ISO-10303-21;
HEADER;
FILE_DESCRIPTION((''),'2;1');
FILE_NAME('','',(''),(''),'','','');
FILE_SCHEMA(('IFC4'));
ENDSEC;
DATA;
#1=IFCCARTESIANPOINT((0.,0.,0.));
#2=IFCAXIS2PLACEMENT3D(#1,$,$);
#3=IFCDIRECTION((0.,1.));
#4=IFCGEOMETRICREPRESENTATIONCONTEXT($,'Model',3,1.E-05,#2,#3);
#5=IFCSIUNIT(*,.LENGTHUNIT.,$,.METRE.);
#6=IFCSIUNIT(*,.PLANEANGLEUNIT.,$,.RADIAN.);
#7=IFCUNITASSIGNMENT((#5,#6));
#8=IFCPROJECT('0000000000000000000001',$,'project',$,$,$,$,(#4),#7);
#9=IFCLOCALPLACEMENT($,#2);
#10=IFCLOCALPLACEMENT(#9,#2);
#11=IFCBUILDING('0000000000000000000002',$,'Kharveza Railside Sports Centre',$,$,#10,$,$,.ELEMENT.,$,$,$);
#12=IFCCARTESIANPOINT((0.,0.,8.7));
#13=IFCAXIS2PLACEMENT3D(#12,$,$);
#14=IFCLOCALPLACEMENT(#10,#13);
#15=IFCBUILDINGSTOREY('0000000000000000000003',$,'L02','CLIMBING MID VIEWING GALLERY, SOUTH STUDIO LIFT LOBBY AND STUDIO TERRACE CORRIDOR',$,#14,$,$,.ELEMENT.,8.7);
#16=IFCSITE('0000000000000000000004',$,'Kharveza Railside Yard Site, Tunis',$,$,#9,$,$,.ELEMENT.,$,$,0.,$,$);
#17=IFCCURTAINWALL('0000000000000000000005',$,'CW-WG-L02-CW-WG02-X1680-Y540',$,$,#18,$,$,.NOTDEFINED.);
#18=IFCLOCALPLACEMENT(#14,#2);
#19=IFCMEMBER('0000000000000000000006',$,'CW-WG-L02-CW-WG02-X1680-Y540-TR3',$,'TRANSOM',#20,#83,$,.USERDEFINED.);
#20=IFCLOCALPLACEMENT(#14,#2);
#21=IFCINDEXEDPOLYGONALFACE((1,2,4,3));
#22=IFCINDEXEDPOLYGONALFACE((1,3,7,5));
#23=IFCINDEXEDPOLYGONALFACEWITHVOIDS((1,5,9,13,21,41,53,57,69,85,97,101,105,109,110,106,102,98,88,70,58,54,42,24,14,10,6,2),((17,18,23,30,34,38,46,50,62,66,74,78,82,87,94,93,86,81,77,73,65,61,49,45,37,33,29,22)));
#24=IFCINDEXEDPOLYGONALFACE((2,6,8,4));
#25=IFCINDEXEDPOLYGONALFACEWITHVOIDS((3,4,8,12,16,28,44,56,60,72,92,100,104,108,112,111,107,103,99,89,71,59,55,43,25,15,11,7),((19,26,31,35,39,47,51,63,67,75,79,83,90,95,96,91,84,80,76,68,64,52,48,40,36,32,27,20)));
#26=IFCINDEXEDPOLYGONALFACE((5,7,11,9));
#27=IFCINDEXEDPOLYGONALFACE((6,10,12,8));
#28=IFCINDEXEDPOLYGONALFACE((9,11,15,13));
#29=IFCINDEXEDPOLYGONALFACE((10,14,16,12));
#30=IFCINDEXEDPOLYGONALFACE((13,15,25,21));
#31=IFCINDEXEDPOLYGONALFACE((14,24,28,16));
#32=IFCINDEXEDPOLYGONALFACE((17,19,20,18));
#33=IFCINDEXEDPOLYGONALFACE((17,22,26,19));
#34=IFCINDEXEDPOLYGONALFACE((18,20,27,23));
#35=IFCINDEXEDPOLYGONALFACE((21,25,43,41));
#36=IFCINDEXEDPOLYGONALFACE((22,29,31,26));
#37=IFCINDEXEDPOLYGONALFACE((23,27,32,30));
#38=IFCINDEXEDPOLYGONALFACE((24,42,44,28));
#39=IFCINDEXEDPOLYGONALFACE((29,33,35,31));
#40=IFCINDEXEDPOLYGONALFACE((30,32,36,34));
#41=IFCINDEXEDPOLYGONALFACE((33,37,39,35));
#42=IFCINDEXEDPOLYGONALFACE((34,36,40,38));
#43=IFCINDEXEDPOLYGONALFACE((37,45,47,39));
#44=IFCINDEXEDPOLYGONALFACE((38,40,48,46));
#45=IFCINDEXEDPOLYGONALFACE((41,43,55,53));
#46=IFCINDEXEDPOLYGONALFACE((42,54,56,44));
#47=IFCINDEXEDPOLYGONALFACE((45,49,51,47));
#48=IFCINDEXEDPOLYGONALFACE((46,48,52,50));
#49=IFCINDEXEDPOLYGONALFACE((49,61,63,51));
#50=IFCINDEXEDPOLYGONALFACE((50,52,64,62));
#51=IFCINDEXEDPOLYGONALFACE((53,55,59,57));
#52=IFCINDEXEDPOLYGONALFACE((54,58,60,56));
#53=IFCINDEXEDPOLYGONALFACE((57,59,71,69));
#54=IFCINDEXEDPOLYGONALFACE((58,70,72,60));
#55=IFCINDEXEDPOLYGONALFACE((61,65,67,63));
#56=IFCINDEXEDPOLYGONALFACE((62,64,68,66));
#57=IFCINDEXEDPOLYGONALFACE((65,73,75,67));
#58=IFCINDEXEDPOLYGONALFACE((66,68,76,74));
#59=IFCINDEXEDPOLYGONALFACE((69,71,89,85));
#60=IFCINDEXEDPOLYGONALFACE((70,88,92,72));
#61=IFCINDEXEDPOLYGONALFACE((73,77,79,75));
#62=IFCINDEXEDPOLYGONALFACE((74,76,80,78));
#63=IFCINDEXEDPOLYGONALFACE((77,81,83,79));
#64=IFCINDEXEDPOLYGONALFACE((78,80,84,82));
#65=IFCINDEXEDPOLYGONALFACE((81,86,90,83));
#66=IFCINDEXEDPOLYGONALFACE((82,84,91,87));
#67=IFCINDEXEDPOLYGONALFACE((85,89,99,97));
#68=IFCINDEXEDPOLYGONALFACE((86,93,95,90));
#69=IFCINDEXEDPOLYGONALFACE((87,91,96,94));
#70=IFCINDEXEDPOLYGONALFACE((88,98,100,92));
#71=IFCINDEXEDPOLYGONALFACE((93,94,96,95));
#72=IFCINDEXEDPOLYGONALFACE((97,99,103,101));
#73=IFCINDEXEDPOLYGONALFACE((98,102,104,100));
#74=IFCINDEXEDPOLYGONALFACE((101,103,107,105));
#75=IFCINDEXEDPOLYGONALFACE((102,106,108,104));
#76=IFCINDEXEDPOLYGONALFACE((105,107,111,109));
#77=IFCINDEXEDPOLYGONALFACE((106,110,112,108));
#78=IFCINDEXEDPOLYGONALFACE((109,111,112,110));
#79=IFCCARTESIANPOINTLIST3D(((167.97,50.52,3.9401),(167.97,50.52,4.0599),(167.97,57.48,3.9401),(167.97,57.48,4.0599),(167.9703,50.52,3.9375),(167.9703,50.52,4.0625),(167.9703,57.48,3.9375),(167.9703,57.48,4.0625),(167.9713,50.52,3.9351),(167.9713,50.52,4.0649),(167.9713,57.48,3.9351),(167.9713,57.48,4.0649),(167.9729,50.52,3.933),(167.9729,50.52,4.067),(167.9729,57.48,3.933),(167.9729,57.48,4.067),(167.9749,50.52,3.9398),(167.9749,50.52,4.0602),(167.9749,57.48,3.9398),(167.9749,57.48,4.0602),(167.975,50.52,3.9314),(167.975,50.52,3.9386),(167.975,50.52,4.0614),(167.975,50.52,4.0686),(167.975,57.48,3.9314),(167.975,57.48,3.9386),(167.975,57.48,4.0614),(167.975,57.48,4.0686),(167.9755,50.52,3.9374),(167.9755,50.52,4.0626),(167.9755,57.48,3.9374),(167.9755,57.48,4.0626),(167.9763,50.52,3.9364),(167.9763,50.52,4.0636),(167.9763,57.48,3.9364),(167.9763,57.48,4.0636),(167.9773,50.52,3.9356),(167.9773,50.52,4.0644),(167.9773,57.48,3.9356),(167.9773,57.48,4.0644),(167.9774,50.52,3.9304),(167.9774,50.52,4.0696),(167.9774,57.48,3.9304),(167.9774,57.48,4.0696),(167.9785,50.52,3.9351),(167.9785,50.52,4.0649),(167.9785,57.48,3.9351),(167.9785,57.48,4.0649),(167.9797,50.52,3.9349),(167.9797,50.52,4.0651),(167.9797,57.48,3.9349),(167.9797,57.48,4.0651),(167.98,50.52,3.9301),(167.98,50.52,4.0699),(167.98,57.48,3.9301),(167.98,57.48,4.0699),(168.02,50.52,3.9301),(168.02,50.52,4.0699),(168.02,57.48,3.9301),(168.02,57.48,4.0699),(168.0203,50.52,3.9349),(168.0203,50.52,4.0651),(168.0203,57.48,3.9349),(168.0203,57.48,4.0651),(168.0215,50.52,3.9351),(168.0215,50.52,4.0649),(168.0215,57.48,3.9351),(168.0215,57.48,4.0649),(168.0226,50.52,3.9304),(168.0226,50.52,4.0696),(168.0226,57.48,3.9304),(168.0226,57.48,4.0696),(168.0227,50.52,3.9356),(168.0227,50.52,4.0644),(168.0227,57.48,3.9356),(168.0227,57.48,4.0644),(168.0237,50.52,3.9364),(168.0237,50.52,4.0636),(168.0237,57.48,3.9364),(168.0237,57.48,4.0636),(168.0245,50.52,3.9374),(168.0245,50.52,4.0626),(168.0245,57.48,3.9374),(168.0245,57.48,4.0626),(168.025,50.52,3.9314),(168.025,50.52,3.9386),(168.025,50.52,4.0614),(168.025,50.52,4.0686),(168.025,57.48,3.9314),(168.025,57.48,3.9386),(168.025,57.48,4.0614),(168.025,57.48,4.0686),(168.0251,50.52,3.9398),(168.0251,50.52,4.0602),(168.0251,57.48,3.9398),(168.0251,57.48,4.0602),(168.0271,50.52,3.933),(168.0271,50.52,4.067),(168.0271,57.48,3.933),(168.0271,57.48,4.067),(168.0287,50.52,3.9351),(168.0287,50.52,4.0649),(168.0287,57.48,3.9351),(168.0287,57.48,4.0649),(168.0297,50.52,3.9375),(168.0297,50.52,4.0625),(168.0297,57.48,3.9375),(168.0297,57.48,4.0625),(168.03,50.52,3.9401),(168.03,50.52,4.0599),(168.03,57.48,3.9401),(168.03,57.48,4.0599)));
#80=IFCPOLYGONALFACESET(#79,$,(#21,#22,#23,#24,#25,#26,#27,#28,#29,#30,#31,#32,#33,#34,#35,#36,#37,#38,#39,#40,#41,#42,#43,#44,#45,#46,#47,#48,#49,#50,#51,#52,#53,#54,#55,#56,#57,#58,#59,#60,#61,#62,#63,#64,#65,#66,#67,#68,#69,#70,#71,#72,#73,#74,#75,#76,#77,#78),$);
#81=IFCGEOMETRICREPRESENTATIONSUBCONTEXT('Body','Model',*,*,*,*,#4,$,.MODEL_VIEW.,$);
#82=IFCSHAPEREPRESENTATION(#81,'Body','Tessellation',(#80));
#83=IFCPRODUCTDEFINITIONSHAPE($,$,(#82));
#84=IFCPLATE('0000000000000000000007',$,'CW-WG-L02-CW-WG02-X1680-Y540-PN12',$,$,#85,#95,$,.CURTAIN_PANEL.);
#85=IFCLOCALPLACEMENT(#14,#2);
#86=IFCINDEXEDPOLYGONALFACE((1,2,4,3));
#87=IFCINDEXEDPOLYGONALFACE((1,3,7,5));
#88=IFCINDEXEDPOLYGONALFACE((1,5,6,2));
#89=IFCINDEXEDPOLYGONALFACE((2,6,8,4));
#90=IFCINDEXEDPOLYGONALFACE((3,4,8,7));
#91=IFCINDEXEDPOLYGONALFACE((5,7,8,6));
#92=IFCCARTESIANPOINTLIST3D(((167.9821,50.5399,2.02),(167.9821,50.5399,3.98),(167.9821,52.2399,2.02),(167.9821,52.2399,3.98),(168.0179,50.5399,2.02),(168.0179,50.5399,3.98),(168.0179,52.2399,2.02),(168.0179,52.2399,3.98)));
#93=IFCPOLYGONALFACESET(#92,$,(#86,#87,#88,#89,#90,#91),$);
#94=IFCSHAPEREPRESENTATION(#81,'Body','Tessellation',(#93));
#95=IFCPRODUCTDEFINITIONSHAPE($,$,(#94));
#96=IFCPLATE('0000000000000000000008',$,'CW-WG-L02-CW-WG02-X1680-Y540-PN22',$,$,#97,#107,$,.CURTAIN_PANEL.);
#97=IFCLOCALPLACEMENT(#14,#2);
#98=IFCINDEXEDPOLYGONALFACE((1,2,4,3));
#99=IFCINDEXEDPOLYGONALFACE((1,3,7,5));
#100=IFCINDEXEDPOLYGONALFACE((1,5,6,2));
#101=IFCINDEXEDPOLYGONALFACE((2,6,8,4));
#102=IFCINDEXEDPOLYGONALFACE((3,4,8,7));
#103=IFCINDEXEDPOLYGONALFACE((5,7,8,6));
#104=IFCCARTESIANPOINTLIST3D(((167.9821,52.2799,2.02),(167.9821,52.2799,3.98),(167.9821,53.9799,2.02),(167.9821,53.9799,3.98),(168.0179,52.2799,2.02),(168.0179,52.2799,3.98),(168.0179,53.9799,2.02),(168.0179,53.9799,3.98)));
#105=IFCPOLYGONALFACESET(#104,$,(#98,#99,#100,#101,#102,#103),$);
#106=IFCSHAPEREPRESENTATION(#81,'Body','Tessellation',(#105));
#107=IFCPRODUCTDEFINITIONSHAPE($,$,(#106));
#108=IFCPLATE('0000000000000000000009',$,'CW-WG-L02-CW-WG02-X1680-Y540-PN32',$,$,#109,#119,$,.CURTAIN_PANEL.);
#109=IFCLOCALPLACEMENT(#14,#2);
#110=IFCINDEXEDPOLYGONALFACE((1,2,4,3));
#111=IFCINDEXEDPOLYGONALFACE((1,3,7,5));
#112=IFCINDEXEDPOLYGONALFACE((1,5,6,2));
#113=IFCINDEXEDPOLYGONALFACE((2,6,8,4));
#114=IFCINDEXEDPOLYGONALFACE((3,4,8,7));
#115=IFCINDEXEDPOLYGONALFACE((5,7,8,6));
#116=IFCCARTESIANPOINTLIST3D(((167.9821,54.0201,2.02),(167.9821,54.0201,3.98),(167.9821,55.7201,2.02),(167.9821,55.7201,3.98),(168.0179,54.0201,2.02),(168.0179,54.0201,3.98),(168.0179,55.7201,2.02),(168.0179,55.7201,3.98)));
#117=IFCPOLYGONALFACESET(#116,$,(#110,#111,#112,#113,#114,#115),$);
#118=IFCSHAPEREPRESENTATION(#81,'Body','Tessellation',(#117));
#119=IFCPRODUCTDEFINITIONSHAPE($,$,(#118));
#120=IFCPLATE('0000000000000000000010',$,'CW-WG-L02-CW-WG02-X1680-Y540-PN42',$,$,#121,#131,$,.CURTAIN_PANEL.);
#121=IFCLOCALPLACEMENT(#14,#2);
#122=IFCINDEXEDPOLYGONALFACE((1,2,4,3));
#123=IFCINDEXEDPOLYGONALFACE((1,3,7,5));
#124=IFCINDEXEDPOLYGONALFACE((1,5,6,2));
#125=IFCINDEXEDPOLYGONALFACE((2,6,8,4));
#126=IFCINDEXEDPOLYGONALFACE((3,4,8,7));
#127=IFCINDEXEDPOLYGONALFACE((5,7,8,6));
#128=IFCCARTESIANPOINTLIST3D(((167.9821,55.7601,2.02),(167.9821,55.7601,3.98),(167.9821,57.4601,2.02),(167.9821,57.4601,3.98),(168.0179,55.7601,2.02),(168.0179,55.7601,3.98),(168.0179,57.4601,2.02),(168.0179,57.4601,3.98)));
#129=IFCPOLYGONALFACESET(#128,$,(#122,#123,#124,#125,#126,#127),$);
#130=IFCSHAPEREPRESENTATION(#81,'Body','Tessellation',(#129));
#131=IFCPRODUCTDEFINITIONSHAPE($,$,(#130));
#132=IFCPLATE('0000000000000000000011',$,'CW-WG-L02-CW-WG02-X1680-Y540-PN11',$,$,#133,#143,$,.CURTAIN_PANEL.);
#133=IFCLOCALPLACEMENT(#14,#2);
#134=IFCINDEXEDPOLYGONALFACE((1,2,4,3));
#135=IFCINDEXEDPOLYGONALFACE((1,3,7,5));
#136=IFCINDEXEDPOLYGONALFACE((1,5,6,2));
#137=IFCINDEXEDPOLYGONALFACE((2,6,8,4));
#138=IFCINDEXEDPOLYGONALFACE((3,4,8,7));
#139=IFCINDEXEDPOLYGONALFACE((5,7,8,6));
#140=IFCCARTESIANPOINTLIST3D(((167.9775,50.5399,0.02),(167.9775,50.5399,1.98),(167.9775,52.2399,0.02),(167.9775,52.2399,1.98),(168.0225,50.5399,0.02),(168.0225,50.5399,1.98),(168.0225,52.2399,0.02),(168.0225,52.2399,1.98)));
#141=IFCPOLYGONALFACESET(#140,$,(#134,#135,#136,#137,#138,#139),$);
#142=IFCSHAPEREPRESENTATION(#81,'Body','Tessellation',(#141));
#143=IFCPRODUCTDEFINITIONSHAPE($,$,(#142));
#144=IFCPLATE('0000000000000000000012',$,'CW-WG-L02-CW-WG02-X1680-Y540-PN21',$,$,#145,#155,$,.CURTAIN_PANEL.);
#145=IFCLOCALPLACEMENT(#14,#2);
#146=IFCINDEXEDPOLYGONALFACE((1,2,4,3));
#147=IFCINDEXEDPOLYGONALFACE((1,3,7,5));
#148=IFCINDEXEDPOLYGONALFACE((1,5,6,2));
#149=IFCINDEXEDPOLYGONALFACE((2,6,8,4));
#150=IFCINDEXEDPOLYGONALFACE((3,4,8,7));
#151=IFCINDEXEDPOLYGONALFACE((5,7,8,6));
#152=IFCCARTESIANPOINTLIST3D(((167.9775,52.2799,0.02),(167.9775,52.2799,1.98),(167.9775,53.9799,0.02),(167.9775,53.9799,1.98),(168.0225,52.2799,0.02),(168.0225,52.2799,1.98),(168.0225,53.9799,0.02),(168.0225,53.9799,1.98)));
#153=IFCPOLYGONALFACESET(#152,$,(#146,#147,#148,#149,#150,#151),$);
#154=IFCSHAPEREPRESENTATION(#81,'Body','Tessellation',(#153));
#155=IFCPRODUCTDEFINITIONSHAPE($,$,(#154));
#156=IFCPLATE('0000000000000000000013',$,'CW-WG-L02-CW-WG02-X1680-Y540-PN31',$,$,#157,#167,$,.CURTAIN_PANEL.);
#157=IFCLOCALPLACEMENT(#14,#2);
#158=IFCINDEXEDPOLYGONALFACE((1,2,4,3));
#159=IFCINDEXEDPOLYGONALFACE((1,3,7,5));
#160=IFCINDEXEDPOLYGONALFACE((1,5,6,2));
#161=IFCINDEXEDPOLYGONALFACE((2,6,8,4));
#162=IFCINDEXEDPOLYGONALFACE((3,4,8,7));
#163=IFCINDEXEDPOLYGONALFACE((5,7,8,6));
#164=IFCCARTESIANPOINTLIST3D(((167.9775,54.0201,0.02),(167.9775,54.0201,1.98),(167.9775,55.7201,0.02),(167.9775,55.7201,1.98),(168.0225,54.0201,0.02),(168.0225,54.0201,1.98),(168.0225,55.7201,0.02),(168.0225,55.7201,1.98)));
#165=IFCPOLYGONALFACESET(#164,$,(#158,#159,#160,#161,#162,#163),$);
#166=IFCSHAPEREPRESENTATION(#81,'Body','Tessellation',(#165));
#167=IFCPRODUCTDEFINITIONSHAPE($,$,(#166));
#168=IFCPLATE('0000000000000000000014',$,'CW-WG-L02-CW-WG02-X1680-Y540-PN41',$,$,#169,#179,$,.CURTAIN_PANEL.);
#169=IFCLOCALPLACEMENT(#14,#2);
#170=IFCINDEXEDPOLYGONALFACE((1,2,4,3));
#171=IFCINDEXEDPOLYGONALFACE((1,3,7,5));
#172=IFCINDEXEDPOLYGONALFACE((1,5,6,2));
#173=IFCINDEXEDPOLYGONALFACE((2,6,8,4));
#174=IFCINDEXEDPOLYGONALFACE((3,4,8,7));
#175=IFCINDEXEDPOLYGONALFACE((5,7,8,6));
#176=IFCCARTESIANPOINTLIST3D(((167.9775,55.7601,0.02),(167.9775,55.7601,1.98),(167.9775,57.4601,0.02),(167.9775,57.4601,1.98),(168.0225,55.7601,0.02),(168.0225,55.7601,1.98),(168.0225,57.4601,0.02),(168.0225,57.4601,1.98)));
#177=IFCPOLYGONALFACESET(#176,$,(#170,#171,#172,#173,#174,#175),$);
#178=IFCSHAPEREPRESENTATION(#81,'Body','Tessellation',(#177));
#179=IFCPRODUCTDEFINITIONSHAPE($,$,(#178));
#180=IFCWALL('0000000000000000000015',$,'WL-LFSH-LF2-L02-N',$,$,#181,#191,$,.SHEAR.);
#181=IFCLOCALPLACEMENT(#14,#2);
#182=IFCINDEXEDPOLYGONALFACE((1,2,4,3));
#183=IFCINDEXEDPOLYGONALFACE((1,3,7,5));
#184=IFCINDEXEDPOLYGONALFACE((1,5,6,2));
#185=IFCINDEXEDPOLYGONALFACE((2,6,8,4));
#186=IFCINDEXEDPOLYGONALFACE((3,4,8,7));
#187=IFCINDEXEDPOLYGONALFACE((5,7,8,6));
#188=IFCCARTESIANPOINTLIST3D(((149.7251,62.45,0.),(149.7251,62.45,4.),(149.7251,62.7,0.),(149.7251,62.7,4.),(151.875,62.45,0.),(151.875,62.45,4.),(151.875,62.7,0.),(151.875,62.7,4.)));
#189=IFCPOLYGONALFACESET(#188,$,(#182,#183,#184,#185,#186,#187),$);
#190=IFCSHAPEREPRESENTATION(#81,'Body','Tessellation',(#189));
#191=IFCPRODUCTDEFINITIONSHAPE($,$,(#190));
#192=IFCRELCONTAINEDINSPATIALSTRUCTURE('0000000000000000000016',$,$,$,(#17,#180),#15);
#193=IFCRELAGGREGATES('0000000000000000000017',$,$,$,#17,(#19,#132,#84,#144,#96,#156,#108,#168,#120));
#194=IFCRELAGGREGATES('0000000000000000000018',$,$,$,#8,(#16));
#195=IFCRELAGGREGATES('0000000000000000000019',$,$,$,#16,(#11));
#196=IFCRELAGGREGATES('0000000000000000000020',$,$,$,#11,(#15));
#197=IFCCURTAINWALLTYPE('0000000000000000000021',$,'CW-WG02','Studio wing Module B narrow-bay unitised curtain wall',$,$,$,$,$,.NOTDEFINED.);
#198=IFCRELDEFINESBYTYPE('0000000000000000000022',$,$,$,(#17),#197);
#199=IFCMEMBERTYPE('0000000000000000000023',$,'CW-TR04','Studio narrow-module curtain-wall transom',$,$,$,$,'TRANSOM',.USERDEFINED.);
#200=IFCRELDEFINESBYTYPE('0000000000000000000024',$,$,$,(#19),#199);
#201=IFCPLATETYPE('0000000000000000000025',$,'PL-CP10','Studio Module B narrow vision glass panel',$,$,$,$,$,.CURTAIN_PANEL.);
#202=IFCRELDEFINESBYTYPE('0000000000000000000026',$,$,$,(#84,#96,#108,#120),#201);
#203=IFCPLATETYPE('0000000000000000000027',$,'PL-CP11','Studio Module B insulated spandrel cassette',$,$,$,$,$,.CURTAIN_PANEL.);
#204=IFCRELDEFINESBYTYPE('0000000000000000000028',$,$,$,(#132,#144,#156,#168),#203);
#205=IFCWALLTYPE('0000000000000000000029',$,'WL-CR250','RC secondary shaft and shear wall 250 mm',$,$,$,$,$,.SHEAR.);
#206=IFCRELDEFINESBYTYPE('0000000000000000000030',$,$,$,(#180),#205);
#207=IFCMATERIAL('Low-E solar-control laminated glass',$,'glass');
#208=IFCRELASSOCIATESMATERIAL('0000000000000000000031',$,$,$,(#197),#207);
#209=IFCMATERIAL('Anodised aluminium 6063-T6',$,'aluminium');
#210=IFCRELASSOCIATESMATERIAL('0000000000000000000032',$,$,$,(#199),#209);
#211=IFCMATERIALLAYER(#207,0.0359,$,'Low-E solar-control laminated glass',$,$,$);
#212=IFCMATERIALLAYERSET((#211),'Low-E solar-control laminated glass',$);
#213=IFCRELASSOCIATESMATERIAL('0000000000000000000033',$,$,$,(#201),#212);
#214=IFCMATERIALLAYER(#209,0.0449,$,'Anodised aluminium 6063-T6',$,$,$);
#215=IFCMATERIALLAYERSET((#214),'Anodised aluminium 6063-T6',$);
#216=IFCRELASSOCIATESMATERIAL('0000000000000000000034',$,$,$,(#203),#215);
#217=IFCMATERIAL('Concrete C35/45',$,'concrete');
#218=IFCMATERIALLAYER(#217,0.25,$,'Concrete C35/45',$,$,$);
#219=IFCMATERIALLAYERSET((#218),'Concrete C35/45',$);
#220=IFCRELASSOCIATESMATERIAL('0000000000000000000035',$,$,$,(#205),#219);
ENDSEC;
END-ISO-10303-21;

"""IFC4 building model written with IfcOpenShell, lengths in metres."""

from ifc_helpers import new_model, si_unit, direction, frame, frame_2d, origin, origin_2d, place, context, subcontext, project, spatial, rectangle, hollow_rectangle, extrude, material, layer, layer_set, material_profile, profile_set, type_object, element, aggregate, save


model = new_model("IFC4")

# Units and contexts
model_context = context("Model", 3, precision=1e-05, world=origin(), true_north=direction((0.0, 1.0)))
body_context = subcontext(model_context, "Body", "Model", "MODEL_VIEW")
ifc_project = project(units=[si_unit("LENGTHUNIT", "METRE"), si_unit("PLANEANGLEUNIT", "RADIAN")], contexts=[model_context])

# Site, building, storey
site_placement = place(None, origin())
site = spatial("IfcSite", under=ifc_project, at=site_placement, Name="Kharveza Railside Yard Site, Tunis", CompositionType="ELEMENT", RefElevation=0.0)
building_placement = place(site_placement, origin())
building = spatial("IfcBuilding", under=site, at=building_placement, Name="Kharveza Railside Sports Centre", CompositionType="ELEMENT")
storey_placement = place(building_placement, frame((0.0, 0.0, 8.7)))
storey = spatial("IfcBuildingStorey", under=building, at=storey_placement, Name="L02", Description="CLIMBING MID VIEWING GALLERY, SOUTH STUDIO LIFT LOBBY AND STUDIO TERRACE CORRIDOR", CompositionType="ELEMENT", Elevation=8.7)

# Curtain wall, member, plates
ifc_material_1 = material(Name="Low-E solar-control laminated glass", Category="glass")
curtain_wall_type = type_object("IfcCurtainWallType", Name="CW-WG02", Description="Studio wing Module B narrow-bay unitised curtain wall", PredefinedType="NOTDEFINED", material=ifc_material_1)
curtain_wall_placement = place(storey_placement, origin())
curtain_wall = element("IfcCurtainWall", 1, at=curtain_wall_placement, inside=storey, type_object=curtain_wall_type, Name="CW-WG-L02-CW-WG02-X1680-Y540", PredefinedType="NOTDEFINED")
ifc_material_2 = material(Name="Anodised aluminium 6063-T6", Category="aluminium")
ifc_material_profile_1 = material_profile(ifc_material_2, hollow_rectangle(XDim=0.0601, YDim=0.1399, WallThickness=0.0049, InnerFilletRadius=0.0049, OuterFilletRadius=0.01, at=origin_2d()), Name="RHS 60x140x5.0")
ifc_profile_set_1 = profile_set([ifc_material_profile_1], Name="Anodised aluminium 6063-T6")
member_type_1 = type_object("IfcMemberType", Name="CW-TR04", Description="Studio narrow-module curtain-wall transom", ElementType="TRANSOM", PredefinedType="USERDEFINED", material=ifc_profile_set_1)
member_1_placement = place(storey_placement, frame((168.0, 50.52, 4.0), z_axis=(0.0, 1.0, 0.0), x_axis=(-1.0, 0.0, 0.0)))
member_1 = element("IfcMember", 2, at=member_1_placement, type_object=member_type_1, Name="CW-WG-L02-CW-WG02-X1680-Y540-TR3", ObjectType="TRANSOM", PredefinedType="USERDEFINED", context=body_context, shape_type="SweptSolid", body=[
    extrude(hollow_rectangle(XDim=0.0601, YDim=0.1399, WallThickness=0.0049, InnerFilletRadius=0.0049, OuterFilletRadius=0.01, at=origin_2d()), origin(), (0.0, 0.0, 1.0), 6.96),
])
ifc_layer_1 = layer(ifc_material_1, 0.0359, Name="Low-E solar-control laminated glass")
ifc_layer_set_1 = layer_set([ifc_layer_1], Name="Low-E solar-control laminated glass")
plate_type_1 = type_object("IfcPlateType", Name="PL-CP10", Description="Studio Module B narrow vision glass panel", PredefinedType="CURTAIN_PANEL", material=ifc_layer_set_1)
plate_1_placement = place(storey_placement, frame((168.0, 51.3899, 2.02), z_axis=(0.0, 0.0, 1.0), x_axis=(0.0, 1.0, 0.0)))
plate_1 = element("IfcPlate", 3, at=plate_1_placement, type_object=plate_type_1, Name="CW-WG-L02-CW-WG02-X1680-Y540-PN12", PredefinedType="CURTAIN_PANEL", context=body_context, shape_type="SweptSolid", body=[
    extrude(rectangle(XDim=1.7, YDim=0.0359, at=origin_2d()), origin(), (0.0, 0.0, 1.0), 1.96),
])
plate_2_placement = place(storey_placement, frame((168.0, 53.1299, 2.02), z_axis=(0.0, 0.0, 1.0), x_axis=(0.0, 1.0, 0.0)))
plate_2 = element("IfcPlate", 4, at=plate_2_placement, type_object=plate_type_1, Name="CW-WG-L02-CW-WG02-X1680-Y540-PN22", PredefinedType="CURTAIN_PANEL", context=body_context, shape_type="SweptSolid", body=[
    extrude(rectangle(XDim=1.7, YDim=0.0359, at=origin_2d()), origin(), (0.0, 0.0, 1.0), 1.96),
])
plate_3_placement = place(storey_placement, frame((168.0, 54.8701, 2.02), z_axis=(0.0, 0.0, 1.0), x_axis=(0.0, 1.0, 0.0)))
plate_3 = element("IfcPlate", 5, at=plate_3_placement, type_object=plate_type_1, Name="CW-WG-L02-CW-WG02-X1680-Y540-PN32", PredefinedType="CURTAIN_PANEL", context=body_context, shape_type="SweptSolid", body=[
    extrude(rectangle(XDim=1.7, YDim=0.0359, at=origin_2d()), origin(), (0.0, 0.0, 1.0), 1.96),
])
plate_4_placement = place(storey_placement, frame((168.0, 56.6101, 2.02), z_axis=(0.0, 0.0, 1.0), x_axis=(0.0, 1.0, 0.0)))
plate_4 = element("IfcPlate", 6, at=plate_4_placement, type_object=plate_type_1, Name="CW-WG-L02-CW-WG02-X1680-Y540-PN42", PredefinedType="CURTAIN_PANEL", context=body_context, shape_type="SweptSolid", body=[
    extrude(rectangle(XDim=1.7, YDim=0.0359, at=origin_2d()), origin(), (0.0, 0.0, 1.0), 1.96),
])
ifc_layer_2 = layer(ifc_material_2, 0.0449, Name="Anodised aluminium 6063-T6")
ifc_layer_set_2 = layer_set([ifc_layer_2], Name="Anodised aluminium 6063-T6")
plate_type_2 = type_object("IfcPlateType", Name="PL-CP11", Description="Studio Module B insulated spandrel cassette", PredefinedType="CURTAIN_PANEL", material=ifc_layer_set_2)
plate_5_placement = place(storey_placement, frame((168.0, 51.3899, 0.02), z_axis=(0.0, 0.0, 1.0), x_axis=(0.0, 1.0, 0.0)))
plate_5 = element("IfcPlate", 7, at=plate_5_placement, type_object=plate_type_2, Name="CW-WG-L02-CW-WG02-X1680-Y540-PN11", PredefinedType="CURTAIN_PANEL", context=body_context, shape_type="SweptSolid", body=[
    extrude(rectangle(XDim=1.7, YDim=0.0449, at=origin_2d()), origin(), (0.0, 0.0, 1.0), 1.96),
])
plate_6_placement = place(storey_placement, frame((168.0, 53.1299, 0.02), z_axis=(0.0, 0.0, 1.0), x_axis=(0.0, 1.0, 0.0)))
plate_6 = element("IfcPlate", 8, at=plate_6_placement, type_object=plate_type_2, Name="CW-WG-L02-CW-WG02-X1680-Y540-PN21", PredefinedType="CURTAIN_PANEL", context=body_context, shape_type="SweptSolid", body=[
    extrude(rectangle(XDim=1.7, YDim=0.0449, at=origin_2d()), origin(), (0.0, 0.0, 1.0), 1.96),
])
plate_7_placement = place(storey_placement, frame((168.0, 54.8701, 0.02), z_axis=(0.0, 0.0, 1.0), x_axis=(0.0, 1.0, 0.0)))
plate_7 = element("IfcPlate", 9, at=plate_7_placement, type_object=plate_type_2, Name="CW-WG-L02-CW-WG02-X1680-Y540-PN31", PredefinedType="CURTAIN_PANEL", context=body_context, shape_type="SweptSolid", body=[
    extrude(rectangle(XDim=1.7, YDim=0.0449, at=origin_2d()), origin(), (0.0, 0.0, 1.0), 1.96),
])
plate_8_placement = place(storey_placement, frame((168.0, 56.6101, 0.02), z_axis=(0.0, 0.0, 1.0), x_axis=(0.0, 1.0, 0.0)))
plate_8 = element("IfcPlate", 10, at=plate_8_placement, type_object=plate_type_2, Name="CW-WG-L02-CW-WG02-X1680-Y540-PN41", PredefinedType="CURTAIN_PANEL", context=body_context, shape_type="SweptSolid", body=[
    extrude(rectangle(XDim=1.7, YDim=0.0449, at=origin_2d()), origin(), (0.0, 0.0, 1.0), 1.96),
])
aggregate(curtain_wall, [member_1, plate_5, plate_1, plate_6, plate_2, plate_7, plate_3, plate_8, plate_4])

# Wall
ifc_material_3 = material(Name="Concrete C35/45", Category="concrete")
ifc_layer_3 = layer(ifc_material_3, 0.25, Name="Concrete C35/45")
ifc_layer_set_3 = layer_set([ifc_layer_3], Name="Concrete C35/45")
wall_type_1 = type_object("IfcWallType", Name="WL-CR250", Description="RC secondary shaft and shear wall 250 mm", PredefinedType="SHEAR", material=ifc_layer_set_3)
wall_1_placement = place(storey_placement, frame((151.875, 62.575, 0.0), z_axis=(0.0, 0.0, 1.0), x_axis=(-1.0, 0.0, 0.0)))
element("IfcWall", 11, at=wall_1_placement, inside=storey, type_object=wall_type_1, Name="WL-LFSH-LF2-L02-N", PredefinedType="SHEAR", context=body_context, shape_type="SweptSolid", body=[
    extrude(rectangle(XDim=2.1499, YDim=0.25, at=frame_2d((1.075, 0.0))), origin(), (0.0, 0.0, 1.0), 4.0),
])

save(model, "model.ifc")
